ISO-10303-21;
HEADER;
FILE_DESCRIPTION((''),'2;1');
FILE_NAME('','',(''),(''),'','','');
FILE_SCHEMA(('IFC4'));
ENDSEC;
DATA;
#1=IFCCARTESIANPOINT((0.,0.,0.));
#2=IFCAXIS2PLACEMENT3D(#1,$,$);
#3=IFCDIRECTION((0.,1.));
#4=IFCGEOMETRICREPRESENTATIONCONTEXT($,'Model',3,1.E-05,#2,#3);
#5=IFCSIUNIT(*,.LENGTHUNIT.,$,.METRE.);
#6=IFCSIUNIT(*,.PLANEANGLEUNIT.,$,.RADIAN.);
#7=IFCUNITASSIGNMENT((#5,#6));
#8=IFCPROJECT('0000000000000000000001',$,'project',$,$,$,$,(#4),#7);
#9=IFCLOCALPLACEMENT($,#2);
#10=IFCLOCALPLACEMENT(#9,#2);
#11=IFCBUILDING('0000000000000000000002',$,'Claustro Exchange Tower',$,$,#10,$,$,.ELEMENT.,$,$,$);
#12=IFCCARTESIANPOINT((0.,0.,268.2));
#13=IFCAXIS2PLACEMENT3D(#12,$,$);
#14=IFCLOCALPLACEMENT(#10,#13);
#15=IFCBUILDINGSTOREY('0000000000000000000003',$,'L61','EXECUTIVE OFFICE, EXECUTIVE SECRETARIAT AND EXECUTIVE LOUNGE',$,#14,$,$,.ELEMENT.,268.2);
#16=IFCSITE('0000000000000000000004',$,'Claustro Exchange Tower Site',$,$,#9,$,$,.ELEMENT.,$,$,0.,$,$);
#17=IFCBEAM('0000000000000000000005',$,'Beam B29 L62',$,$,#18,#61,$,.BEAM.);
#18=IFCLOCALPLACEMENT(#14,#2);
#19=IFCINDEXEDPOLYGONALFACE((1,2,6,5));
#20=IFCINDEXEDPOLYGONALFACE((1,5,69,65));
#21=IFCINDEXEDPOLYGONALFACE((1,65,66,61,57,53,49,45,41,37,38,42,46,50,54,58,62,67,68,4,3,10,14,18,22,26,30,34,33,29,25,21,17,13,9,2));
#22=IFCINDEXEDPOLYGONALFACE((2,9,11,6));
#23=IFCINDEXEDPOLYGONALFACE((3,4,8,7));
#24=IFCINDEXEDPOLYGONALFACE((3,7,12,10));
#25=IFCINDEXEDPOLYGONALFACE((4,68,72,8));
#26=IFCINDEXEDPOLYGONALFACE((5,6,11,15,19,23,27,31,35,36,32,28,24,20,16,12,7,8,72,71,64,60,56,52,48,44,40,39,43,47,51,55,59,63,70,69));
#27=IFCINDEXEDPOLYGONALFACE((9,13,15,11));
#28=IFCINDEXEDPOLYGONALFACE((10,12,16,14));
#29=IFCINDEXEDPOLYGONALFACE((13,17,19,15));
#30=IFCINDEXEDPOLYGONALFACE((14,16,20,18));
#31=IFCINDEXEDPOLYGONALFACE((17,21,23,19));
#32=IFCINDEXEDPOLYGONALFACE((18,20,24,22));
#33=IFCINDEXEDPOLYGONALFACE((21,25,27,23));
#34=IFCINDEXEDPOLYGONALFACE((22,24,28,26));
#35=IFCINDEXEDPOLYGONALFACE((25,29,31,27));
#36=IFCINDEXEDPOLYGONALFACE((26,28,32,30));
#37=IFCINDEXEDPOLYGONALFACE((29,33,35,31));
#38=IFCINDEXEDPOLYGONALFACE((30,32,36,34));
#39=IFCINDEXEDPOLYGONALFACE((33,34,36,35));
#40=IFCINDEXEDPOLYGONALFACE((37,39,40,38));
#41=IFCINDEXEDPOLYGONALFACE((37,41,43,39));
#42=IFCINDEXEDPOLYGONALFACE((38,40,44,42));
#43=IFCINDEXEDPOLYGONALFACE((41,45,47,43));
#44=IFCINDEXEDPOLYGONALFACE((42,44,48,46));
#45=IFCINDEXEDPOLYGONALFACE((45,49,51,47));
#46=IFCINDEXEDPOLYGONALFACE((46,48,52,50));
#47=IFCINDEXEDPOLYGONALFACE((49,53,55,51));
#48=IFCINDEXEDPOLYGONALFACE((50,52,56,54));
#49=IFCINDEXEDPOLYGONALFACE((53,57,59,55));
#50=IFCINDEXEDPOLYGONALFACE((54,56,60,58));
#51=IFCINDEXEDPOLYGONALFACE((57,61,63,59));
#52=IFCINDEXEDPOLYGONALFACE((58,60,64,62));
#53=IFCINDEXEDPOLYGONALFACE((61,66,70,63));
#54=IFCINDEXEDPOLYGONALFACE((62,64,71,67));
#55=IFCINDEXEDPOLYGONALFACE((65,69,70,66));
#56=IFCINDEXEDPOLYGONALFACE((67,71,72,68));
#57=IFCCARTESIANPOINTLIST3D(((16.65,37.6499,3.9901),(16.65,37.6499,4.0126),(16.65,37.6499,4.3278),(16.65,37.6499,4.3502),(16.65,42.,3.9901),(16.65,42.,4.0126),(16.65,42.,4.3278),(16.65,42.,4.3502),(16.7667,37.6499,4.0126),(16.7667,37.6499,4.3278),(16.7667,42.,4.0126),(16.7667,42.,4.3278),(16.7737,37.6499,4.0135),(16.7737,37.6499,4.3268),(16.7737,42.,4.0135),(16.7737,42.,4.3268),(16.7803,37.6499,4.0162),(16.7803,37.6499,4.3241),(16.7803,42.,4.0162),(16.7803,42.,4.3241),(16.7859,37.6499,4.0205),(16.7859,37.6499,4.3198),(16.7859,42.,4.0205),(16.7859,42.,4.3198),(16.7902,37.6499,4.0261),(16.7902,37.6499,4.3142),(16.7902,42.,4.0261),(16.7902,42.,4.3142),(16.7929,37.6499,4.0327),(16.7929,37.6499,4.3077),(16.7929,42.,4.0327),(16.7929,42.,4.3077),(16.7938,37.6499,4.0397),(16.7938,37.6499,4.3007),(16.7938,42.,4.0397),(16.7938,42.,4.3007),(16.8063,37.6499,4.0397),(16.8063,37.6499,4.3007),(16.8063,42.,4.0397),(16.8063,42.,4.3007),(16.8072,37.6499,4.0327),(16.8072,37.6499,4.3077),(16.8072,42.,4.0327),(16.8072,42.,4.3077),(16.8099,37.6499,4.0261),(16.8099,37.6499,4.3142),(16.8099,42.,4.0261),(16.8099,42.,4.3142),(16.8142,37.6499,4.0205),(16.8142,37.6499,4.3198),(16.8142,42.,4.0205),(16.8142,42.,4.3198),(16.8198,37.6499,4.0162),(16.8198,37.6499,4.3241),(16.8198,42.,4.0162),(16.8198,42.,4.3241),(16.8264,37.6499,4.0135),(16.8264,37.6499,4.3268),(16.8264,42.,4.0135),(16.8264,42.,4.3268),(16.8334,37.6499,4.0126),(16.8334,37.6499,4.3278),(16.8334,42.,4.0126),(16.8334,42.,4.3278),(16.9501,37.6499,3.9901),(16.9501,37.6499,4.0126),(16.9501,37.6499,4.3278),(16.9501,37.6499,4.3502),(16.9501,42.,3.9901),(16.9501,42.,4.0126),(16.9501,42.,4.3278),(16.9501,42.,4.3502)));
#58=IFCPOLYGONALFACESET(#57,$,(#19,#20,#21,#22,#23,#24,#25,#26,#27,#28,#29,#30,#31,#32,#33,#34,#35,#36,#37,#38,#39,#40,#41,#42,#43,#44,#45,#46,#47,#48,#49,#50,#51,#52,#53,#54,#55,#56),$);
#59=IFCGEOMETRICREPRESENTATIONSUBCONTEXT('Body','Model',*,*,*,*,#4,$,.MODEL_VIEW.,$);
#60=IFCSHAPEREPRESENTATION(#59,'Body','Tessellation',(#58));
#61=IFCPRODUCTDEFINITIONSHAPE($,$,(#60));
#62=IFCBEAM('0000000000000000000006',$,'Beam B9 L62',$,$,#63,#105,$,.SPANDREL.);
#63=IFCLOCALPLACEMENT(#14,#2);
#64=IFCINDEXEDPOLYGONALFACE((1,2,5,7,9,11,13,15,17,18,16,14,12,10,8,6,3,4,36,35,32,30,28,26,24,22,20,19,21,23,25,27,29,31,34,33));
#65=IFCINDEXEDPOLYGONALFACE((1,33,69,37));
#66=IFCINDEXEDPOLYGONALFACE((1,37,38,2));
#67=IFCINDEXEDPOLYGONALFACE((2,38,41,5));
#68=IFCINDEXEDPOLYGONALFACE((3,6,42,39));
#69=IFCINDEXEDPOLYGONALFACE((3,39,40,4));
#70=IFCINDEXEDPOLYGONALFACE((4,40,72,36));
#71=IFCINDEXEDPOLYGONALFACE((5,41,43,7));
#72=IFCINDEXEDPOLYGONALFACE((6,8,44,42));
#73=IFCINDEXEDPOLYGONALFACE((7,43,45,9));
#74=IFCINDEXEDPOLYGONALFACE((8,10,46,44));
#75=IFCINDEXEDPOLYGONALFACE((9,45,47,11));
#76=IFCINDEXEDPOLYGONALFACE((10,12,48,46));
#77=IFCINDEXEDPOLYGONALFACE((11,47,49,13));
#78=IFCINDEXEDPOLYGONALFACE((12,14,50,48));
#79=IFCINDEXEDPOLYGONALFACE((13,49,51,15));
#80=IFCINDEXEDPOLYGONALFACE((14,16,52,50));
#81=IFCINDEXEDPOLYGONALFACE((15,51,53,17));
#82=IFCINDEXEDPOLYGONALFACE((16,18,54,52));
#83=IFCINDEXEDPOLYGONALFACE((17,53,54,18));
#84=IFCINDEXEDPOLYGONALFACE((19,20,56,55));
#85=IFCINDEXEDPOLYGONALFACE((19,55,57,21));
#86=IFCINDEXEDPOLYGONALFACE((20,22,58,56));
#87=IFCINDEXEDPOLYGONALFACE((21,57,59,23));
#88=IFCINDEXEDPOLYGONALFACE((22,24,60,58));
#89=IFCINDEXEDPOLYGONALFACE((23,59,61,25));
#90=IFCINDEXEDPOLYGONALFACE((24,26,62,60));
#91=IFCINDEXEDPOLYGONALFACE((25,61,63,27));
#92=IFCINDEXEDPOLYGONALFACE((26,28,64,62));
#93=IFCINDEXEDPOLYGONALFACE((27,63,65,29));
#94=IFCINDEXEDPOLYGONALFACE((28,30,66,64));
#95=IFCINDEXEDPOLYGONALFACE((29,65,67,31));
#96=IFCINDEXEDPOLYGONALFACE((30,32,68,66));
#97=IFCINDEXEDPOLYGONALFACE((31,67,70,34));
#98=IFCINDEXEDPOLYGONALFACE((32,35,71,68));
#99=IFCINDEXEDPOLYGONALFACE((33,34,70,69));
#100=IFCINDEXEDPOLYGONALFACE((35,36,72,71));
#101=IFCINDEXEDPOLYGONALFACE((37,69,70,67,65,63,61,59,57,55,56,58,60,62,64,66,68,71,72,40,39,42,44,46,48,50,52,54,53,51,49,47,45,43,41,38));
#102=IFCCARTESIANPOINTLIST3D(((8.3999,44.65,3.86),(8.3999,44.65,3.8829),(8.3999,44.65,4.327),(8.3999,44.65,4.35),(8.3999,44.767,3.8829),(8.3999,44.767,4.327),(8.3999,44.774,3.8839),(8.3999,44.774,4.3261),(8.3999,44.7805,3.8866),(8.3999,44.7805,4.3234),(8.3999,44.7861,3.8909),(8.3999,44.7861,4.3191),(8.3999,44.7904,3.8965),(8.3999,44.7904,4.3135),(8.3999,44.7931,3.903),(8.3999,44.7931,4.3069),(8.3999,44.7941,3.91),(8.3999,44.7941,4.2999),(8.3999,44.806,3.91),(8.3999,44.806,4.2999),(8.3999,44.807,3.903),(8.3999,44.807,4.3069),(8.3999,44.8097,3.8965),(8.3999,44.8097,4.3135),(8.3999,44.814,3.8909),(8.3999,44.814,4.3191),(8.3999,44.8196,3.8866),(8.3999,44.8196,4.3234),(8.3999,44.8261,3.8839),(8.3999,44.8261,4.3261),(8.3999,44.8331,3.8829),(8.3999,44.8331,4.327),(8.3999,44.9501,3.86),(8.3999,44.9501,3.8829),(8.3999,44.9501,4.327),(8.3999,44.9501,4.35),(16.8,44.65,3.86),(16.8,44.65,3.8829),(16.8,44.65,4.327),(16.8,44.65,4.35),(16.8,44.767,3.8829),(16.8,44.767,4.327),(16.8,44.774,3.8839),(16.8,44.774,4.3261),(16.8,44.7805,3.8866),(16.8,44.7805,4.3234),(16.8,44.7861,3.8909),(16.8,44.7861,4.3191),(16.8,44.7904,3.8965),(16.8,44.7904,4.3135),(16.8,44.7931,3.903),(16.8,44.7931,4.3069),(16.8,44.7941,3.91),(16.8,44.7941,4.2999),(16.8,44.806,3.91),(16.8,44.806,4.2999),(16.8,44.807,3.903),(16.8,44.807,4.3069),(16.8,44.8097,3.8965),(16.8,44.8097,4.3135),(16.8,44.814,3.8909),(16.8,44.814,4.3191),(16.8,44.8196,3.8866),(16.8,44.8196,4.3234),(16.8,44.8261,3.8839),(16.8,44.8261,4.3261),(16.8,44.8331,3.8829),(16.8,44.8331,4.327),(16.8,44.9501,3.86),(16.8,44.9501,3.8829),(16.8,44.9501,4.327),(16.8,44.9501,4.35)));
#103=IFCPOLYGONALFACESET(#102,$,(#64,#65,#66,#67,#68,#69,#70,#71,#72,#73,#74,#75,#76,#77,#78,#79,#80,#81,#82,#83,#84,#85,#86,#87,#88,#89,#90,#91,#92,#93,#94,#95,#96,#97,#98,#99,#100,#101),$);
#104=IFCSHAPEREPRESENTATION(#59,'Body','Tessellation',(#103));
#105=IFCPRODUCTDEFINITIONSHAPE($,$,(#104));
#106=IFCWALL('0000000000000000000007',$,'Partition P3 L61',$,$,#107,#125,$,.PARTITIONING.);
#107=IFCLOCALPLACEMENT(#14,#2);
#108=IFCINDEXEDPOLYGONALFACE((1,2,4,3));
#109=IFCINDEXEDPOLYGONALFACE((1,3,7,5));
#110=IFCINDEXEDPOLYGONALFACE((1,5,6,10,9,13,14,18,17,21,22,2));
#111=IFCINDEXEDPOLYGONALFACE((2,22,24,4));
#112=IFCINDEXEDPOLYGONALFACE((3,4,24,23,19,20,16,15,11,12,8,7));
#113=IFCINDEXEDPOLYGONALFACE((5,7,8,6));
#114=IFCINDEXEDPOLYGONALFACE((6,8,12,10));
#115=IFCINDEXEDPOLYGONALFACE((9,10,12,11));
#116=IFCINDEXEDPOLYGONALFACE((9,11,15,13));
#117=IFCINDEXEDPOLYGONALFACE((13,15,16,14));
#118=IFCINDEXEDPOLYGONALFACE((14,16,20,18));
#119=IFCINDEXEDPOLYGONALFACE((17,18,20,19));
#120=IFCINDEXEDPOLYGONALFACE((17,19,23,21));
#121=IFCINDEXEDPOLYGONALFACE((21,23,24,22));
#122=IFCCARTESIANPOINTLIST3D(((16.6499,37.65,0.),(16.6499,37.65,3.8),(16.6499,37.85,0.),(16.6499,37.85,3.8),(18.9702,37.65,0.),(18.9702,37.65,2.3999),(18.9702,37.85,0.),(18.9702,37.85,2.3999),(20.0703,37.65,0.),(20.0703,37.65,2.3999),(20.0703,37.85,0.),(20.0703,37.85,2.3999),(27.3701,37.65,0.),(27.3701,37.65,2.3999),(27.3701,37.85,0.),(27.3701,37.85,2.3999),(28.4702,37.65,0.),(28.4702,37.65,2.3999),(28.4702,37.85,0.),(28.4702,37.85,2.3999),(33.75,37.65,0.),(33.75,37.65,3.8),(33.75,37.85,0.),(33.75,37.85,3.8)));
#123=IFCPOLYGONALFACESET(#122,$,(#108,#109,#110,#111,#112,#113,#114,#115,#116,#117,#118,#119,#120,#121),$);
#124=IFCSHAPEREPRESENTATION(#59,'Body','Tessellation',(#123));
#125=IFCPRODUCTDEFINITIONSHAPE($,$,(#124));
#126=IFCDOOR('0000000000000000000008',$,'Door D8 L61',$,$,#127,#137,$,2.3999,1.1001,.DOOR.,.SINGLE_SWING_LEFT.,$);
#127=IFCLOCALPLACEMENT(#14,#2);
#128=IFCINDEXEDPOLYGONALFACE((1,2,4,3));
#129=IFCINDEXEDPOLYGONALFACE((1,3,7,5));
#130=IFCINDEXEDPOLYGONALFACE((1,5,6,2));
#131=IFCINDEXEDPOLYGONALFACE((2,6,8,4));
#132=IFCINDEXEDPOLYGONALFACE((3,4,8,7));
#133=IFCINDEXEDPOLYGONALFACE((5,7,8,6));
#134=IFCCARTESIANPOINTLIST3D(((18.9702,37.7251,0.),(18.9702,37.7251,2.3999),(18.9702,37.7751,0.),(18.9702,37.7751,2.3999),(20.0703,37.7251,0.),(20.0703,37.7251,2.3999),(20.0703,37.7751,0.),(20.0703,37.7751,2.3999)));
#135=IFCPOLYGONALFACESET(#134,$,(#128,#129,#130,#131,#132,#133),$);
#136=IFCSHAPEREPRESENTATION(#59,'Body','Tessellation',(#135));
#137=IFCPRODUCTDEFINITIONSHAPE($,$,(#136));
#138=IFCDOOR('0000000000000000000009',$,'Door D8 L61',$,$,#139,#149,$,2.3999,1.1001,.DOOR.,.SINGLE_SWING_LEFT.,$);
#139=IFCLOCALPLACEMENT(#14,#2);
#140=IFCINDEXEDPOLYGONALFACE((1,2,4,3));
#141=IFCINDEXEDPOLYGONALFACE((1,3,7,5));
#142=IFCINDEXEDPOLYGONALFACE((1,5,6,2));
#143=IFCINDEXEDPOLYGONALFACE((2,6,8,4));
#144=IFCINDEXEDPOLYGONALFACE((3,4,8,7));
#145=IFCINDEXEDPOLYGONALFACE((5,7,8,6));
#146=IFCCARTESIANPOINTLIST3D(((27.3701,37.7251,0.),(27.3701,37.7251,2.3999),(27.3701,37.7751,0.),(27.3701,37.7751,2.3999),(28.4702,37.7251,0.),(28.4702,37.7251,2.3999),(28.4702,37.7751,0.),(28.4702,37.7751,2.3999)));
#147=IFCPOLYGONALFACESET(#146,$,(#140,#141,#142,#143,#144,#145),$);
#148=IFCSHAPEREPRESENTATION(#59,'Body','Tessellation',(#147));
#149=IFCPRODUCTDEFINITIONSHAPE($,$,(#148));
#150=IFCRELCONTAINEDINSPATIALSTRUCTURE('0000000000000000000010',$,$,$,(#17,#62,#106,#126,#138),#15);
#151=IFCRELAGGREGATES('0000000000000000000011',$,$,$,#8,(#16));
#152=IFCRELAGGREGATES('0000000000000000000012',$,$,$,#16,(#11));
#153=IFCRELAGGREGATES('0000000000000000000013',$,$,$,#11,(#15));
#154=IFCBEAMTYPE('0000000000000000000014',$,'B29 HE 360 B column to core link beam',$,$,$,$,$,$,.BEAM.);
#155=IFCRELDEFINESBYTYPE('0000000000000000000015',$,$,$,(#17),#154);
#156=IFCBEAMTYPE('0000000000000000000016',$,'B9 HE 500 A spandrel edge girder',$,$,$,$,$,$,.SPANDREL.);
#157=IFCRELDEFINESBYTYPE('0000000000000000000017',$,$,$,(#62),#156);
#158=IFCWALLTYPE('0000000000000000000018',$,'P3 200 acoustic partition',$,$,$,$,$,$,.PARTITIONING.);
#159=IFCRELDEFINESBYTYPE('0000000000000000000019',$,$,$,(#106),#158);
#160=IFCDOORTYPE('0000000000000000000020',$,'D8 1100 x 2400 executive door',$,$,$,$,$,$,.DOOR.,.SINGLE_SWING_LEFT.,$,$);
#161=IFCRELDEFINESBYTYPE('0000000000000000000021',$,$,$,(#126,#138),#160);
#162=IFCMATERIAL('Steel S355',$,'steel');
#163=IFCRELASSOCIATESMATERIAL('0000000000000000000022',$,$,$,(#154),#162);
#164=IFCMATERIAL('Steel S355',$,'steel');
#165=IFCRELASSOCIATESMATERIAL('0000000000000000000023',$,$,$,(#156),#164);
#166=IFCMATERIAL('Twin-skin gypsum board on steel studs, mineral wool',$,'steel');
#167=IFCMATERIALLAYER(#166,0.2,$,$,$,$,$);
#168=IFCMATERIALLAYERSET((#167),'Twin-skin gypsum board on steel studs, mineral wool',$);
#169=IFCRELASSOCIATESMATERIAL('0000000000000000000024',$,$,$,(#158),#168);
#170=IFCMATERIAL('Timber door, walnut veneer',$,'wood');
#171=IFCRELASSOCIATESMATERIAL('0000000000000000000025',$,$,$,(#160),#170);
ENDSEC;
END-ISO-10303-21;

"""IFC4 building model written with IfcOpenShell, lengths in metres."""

from ifc_helpers import new_model, si_unit, direction, frame, frame_2d, origin, origin_2d, place, context, subcontext, project, spatial, rectangle, i_section, extrude, material, layer, layer_set, material_profile, profile_set, type_object, element, fill, save


model = new_model("IFC4")

# Units and contexts
model_context = context("Model", 3, precision=1e-05, world=origin(), true_north=direction((0.0, 1.0)))
body_context = subcontext(model_context, "Body", "Model", "MODEL_VIEW")
ifc_project = project(units=[si_unit("LENGTHUNIT", "METRE"), si_unit("PLANEANGLEUNIT", "RADIAN")], contexts=[model_context])

# Site, building, storey
site_placement = place(None, origin())
site = spatial("IfcSite", under=ifc_project, at=site_placement, Name="Claustro Exchange Tower Site", CompositionType="ELEMENT", RefElevation=0.0)
building_placement = place(site_placement, origin())
building = spatial("IfcBuilding", under=site, at=building_placement, Name="Claustro Exchange Tower", CompositionType="ELEMENT")
storey_placement = place(building_placement, frame((0.0, 0.0, 268.2)))
storey = spatial("IfcBuildingStorey", under=building, at=storey_placement, Name="L61", Description="EXECUTIVE OFFICE, EXECUTIVE SECRETARIAT AND EXECUTIVE LOUNGE", CompositionType="ELEMENT", Elevation=268.2)

# Beams
ifc_material_1 = material(Name="Steel S355", Category="steel")
ifc_material_profile_1 = material_profile(ifc_material_1, i_section(OverallWidth=0.3, OverallDepth=0.3601, WebThickness=0.0125, FlangeThickness=0.0225, FilletRadius=0.0271, at=origin_2d()), Name="HE 360 B")
ifc_profile_set_1 = profile_set([ifc_material_profile_1], Name="Steel S355")
beam_type_1 = type_object("IfcBeamType", Name="B29 HE 360 B column to core link beam", PredefinedType="BEAM", material=ifc_profile_set_1)
beam_1_placement = place(storey_placement, frame((16.8, 37.6499, 4.1702), z_axis=(0.0, 1.0, 0.0), x_axis=(-1.0, 0.0, 0.0)))
element("IfcBeam", 1, at=beam_1_placement, inside=storey, type_object=beam_type_1, Name="Beam B29 L62", PredefinedType="BEAM", context=body_context, shape_type="SweptSolid", body=[
    extrude(i_section(OverallWidth=0.3, OverallDepth=0.3601, WebThickness=0.0125, FlangeThickness=0.0225, FilletRadius=0.0271, at=origin_2d()), origin(), (0.0, 0.0, 1.0), 4.3501),
])
ifc_material_2 = material(Name="Steel S355", Category="steel")
ifc_material_profile_2 = material_profile(ifc_material_2, i_section(OverallWidth=0.3, OverallDepth=0.49, WebThickness=0.012, FlangeThickness=0.0229, FilletRadius=0.0271, at=origin_2d()), Name="HE 500 A")
ifc_profile_set_2 = profile_set([ifc_material_profile_2], Name="Steel S355")
beam_type_2 = type_object("IfcBeamType", Name="B9 HE 500 A spandrel edge girder", PredefinedType="SPANDREL", material=ifc_profile_set_2)
beam_2_placement = place(storey_placement, frame((8.3999, 44.8, 4.105), z_axis=(1.0, 0.0, 0.0), x_axis=(0.0, 1.0, 0.0)))
element("IfcBeam", 2, at=beam_2_placement, inside=storey, type_object=beam_type_2, Name="Beam B9 L62", PredefinedType="SPANDREL", context=body_context, shape_type="SweptSolid", body=[
    extrude(i_section(OverallWidth=0.3, OverallDepth=0.49, WebThickness=0.012, FlangeThickness=0.0229, FilletRadius=0.0271, at=origin_2d()), origin(), (0.0, 0.0, 1.0), 8.4001),
])

# Wall, openings, doors
ifc_material_3 = material(Name="Twin-skin gypsum board on steel studs, mineral wool", Category="steel")
ifc_layer_1 = layer(ifc_material_3, 0.2)
ifc_layer_set_1 = layer_set([ifc_layer_1], Name="Twin-skin gypsum board on steel studs, mineral wool")
wall_type_1 = type_object("IfcWallType", Name="P3 200 acoustic partition", PredefinedType="PARTITIONING", material=ifc_layer_set_1)
wall_1_placement = place(storey_placement, frame((16.6499, 37.75, 0.0), z_axis=(0.0, 0.0, 1.0), x_axis=(1.0, 0.0, 0.0)))
wall_1 = element("IfcWall", 3, at=wall_1_placement, inside=storey, type_object=wall_type_1, Name="Partition P3 L61", PredefinedType="PARTITIONING", context=body_context, shape_type="SweptSolid", body=[
    extrude(rectangle(XDim=17.1001, YDim=0.2, at=frame_2d((8.55, 0.0))), origin(), (0.0, 0.0, 1.0), 3.8),
])
opening_1_placement = place(wall_1_placement, frame((2.3203, 0.0, 0.0)))
opening_1 = element("IfcOpeningElement", 4, at=opening_1_placement, cuts=wall_1, PredefinedType="OPENING", context=body_context, shape_type="SweptSolid", body=[
    extrude(rectangle(XDim=1.1001, YDim=2.3999, at=frame_2d((0.55, 1.2))), frame((0.0, 0.1099, 0.0), z_axis=(0.0, -1.0, 0.0), x_axis=(1.0, 0.0, 0.0)), (0.0, 0.0, 1.0), 0.22),
])
opening_2_placement = place(wall_1_placement, frame((10.7202, 0.0, 0.0)))
opening_2 = element("IfcOpeningElement", 5, at=opening_2_placement, cuts=wall_1, PredefinedType="OPENING", context=body_context, shape_type="SweptSolid", body=[
    extrude(rectangle(XDim=1.1001, YDim=2.3999, at=frame_2d((0.55, 1.2))), frame((0.0, 0.1099, 0.0), z_axis=(0.0, -1.0, 0.0), x_axis=(1.0, 0.0, 0.0)), (0.0, 0.0, 1.0), 0.22),
])
ifc_material_4 = material(Name="Timber door, walnut veneer", Category="wood")
door_type = type_object("IfcDoorType", Name="D8 1100 x 2400 executive door", OperationType="SINGLE_SWING_LEFT", PredefinedType="DOOR", material=ifc_material_4)
door_1_placement = place(opening_1_placement, frame((1.1001, 0.0, 0.0), z_axis=(0.0, 0.0, 1.0), x_axis=(-1.0, 0.0, 0.0)))
door_1 = element("IfcDoor", 6, at=door_1_placement, inside=storey, type_object=door_type, Name="Door D8 L61", OperationType="SINGLE_SWING_LEFT", OverallHeight=2.3999, OverallWidth=1.1001, PredefinedType="DOOR", context=body_context, shape_type="SweptSolid", body=[
    extrude(rectangle(XDim=1.1001, YDim=2.3999, at=frame_2d((0.55, 1.2))), frame((0.0, 0.0249, 0.0), z_axis=(0.0, -1.0, 0.0), x_axis=(1.0, 0.0, 0.0)), (0.0, 0.0, 1.0), 0.05),
])
fill(opening_1, door_1)
door_2_placement = place(opening_2_placement, frame((1.1001, 0.0, 0.0), z_axis=(0.0, 0.0, 1.0), x_axis=(-1.0, 0.0, 0.0)))
door_2 = element("IfcDoor", 7, at=door_2_placement, inside=storey, type_object=door_type, Name="Door D8 L61", OperationType="SINGLE_SWING_LEFT", OverallHeight=2.3999, OverallWidth=1.1001, PredefinedType="DOOR", context=body_context, shape_type="SweptSolid", body=[
    extrude(rectangle(XDim=1.1001, YDim=2.3999, at=frame_2d((0.55, 1.2))), frame((0.0, 0.0249, 0.0), z_axis=(0.0, -1.0, 0.0), x_axis=(1.0, 0.0, 0.0)), (0.0, 0.0, 1.0), 0.05),
])
fill(opening_2, door_2)

save(model, "model.ifc")
